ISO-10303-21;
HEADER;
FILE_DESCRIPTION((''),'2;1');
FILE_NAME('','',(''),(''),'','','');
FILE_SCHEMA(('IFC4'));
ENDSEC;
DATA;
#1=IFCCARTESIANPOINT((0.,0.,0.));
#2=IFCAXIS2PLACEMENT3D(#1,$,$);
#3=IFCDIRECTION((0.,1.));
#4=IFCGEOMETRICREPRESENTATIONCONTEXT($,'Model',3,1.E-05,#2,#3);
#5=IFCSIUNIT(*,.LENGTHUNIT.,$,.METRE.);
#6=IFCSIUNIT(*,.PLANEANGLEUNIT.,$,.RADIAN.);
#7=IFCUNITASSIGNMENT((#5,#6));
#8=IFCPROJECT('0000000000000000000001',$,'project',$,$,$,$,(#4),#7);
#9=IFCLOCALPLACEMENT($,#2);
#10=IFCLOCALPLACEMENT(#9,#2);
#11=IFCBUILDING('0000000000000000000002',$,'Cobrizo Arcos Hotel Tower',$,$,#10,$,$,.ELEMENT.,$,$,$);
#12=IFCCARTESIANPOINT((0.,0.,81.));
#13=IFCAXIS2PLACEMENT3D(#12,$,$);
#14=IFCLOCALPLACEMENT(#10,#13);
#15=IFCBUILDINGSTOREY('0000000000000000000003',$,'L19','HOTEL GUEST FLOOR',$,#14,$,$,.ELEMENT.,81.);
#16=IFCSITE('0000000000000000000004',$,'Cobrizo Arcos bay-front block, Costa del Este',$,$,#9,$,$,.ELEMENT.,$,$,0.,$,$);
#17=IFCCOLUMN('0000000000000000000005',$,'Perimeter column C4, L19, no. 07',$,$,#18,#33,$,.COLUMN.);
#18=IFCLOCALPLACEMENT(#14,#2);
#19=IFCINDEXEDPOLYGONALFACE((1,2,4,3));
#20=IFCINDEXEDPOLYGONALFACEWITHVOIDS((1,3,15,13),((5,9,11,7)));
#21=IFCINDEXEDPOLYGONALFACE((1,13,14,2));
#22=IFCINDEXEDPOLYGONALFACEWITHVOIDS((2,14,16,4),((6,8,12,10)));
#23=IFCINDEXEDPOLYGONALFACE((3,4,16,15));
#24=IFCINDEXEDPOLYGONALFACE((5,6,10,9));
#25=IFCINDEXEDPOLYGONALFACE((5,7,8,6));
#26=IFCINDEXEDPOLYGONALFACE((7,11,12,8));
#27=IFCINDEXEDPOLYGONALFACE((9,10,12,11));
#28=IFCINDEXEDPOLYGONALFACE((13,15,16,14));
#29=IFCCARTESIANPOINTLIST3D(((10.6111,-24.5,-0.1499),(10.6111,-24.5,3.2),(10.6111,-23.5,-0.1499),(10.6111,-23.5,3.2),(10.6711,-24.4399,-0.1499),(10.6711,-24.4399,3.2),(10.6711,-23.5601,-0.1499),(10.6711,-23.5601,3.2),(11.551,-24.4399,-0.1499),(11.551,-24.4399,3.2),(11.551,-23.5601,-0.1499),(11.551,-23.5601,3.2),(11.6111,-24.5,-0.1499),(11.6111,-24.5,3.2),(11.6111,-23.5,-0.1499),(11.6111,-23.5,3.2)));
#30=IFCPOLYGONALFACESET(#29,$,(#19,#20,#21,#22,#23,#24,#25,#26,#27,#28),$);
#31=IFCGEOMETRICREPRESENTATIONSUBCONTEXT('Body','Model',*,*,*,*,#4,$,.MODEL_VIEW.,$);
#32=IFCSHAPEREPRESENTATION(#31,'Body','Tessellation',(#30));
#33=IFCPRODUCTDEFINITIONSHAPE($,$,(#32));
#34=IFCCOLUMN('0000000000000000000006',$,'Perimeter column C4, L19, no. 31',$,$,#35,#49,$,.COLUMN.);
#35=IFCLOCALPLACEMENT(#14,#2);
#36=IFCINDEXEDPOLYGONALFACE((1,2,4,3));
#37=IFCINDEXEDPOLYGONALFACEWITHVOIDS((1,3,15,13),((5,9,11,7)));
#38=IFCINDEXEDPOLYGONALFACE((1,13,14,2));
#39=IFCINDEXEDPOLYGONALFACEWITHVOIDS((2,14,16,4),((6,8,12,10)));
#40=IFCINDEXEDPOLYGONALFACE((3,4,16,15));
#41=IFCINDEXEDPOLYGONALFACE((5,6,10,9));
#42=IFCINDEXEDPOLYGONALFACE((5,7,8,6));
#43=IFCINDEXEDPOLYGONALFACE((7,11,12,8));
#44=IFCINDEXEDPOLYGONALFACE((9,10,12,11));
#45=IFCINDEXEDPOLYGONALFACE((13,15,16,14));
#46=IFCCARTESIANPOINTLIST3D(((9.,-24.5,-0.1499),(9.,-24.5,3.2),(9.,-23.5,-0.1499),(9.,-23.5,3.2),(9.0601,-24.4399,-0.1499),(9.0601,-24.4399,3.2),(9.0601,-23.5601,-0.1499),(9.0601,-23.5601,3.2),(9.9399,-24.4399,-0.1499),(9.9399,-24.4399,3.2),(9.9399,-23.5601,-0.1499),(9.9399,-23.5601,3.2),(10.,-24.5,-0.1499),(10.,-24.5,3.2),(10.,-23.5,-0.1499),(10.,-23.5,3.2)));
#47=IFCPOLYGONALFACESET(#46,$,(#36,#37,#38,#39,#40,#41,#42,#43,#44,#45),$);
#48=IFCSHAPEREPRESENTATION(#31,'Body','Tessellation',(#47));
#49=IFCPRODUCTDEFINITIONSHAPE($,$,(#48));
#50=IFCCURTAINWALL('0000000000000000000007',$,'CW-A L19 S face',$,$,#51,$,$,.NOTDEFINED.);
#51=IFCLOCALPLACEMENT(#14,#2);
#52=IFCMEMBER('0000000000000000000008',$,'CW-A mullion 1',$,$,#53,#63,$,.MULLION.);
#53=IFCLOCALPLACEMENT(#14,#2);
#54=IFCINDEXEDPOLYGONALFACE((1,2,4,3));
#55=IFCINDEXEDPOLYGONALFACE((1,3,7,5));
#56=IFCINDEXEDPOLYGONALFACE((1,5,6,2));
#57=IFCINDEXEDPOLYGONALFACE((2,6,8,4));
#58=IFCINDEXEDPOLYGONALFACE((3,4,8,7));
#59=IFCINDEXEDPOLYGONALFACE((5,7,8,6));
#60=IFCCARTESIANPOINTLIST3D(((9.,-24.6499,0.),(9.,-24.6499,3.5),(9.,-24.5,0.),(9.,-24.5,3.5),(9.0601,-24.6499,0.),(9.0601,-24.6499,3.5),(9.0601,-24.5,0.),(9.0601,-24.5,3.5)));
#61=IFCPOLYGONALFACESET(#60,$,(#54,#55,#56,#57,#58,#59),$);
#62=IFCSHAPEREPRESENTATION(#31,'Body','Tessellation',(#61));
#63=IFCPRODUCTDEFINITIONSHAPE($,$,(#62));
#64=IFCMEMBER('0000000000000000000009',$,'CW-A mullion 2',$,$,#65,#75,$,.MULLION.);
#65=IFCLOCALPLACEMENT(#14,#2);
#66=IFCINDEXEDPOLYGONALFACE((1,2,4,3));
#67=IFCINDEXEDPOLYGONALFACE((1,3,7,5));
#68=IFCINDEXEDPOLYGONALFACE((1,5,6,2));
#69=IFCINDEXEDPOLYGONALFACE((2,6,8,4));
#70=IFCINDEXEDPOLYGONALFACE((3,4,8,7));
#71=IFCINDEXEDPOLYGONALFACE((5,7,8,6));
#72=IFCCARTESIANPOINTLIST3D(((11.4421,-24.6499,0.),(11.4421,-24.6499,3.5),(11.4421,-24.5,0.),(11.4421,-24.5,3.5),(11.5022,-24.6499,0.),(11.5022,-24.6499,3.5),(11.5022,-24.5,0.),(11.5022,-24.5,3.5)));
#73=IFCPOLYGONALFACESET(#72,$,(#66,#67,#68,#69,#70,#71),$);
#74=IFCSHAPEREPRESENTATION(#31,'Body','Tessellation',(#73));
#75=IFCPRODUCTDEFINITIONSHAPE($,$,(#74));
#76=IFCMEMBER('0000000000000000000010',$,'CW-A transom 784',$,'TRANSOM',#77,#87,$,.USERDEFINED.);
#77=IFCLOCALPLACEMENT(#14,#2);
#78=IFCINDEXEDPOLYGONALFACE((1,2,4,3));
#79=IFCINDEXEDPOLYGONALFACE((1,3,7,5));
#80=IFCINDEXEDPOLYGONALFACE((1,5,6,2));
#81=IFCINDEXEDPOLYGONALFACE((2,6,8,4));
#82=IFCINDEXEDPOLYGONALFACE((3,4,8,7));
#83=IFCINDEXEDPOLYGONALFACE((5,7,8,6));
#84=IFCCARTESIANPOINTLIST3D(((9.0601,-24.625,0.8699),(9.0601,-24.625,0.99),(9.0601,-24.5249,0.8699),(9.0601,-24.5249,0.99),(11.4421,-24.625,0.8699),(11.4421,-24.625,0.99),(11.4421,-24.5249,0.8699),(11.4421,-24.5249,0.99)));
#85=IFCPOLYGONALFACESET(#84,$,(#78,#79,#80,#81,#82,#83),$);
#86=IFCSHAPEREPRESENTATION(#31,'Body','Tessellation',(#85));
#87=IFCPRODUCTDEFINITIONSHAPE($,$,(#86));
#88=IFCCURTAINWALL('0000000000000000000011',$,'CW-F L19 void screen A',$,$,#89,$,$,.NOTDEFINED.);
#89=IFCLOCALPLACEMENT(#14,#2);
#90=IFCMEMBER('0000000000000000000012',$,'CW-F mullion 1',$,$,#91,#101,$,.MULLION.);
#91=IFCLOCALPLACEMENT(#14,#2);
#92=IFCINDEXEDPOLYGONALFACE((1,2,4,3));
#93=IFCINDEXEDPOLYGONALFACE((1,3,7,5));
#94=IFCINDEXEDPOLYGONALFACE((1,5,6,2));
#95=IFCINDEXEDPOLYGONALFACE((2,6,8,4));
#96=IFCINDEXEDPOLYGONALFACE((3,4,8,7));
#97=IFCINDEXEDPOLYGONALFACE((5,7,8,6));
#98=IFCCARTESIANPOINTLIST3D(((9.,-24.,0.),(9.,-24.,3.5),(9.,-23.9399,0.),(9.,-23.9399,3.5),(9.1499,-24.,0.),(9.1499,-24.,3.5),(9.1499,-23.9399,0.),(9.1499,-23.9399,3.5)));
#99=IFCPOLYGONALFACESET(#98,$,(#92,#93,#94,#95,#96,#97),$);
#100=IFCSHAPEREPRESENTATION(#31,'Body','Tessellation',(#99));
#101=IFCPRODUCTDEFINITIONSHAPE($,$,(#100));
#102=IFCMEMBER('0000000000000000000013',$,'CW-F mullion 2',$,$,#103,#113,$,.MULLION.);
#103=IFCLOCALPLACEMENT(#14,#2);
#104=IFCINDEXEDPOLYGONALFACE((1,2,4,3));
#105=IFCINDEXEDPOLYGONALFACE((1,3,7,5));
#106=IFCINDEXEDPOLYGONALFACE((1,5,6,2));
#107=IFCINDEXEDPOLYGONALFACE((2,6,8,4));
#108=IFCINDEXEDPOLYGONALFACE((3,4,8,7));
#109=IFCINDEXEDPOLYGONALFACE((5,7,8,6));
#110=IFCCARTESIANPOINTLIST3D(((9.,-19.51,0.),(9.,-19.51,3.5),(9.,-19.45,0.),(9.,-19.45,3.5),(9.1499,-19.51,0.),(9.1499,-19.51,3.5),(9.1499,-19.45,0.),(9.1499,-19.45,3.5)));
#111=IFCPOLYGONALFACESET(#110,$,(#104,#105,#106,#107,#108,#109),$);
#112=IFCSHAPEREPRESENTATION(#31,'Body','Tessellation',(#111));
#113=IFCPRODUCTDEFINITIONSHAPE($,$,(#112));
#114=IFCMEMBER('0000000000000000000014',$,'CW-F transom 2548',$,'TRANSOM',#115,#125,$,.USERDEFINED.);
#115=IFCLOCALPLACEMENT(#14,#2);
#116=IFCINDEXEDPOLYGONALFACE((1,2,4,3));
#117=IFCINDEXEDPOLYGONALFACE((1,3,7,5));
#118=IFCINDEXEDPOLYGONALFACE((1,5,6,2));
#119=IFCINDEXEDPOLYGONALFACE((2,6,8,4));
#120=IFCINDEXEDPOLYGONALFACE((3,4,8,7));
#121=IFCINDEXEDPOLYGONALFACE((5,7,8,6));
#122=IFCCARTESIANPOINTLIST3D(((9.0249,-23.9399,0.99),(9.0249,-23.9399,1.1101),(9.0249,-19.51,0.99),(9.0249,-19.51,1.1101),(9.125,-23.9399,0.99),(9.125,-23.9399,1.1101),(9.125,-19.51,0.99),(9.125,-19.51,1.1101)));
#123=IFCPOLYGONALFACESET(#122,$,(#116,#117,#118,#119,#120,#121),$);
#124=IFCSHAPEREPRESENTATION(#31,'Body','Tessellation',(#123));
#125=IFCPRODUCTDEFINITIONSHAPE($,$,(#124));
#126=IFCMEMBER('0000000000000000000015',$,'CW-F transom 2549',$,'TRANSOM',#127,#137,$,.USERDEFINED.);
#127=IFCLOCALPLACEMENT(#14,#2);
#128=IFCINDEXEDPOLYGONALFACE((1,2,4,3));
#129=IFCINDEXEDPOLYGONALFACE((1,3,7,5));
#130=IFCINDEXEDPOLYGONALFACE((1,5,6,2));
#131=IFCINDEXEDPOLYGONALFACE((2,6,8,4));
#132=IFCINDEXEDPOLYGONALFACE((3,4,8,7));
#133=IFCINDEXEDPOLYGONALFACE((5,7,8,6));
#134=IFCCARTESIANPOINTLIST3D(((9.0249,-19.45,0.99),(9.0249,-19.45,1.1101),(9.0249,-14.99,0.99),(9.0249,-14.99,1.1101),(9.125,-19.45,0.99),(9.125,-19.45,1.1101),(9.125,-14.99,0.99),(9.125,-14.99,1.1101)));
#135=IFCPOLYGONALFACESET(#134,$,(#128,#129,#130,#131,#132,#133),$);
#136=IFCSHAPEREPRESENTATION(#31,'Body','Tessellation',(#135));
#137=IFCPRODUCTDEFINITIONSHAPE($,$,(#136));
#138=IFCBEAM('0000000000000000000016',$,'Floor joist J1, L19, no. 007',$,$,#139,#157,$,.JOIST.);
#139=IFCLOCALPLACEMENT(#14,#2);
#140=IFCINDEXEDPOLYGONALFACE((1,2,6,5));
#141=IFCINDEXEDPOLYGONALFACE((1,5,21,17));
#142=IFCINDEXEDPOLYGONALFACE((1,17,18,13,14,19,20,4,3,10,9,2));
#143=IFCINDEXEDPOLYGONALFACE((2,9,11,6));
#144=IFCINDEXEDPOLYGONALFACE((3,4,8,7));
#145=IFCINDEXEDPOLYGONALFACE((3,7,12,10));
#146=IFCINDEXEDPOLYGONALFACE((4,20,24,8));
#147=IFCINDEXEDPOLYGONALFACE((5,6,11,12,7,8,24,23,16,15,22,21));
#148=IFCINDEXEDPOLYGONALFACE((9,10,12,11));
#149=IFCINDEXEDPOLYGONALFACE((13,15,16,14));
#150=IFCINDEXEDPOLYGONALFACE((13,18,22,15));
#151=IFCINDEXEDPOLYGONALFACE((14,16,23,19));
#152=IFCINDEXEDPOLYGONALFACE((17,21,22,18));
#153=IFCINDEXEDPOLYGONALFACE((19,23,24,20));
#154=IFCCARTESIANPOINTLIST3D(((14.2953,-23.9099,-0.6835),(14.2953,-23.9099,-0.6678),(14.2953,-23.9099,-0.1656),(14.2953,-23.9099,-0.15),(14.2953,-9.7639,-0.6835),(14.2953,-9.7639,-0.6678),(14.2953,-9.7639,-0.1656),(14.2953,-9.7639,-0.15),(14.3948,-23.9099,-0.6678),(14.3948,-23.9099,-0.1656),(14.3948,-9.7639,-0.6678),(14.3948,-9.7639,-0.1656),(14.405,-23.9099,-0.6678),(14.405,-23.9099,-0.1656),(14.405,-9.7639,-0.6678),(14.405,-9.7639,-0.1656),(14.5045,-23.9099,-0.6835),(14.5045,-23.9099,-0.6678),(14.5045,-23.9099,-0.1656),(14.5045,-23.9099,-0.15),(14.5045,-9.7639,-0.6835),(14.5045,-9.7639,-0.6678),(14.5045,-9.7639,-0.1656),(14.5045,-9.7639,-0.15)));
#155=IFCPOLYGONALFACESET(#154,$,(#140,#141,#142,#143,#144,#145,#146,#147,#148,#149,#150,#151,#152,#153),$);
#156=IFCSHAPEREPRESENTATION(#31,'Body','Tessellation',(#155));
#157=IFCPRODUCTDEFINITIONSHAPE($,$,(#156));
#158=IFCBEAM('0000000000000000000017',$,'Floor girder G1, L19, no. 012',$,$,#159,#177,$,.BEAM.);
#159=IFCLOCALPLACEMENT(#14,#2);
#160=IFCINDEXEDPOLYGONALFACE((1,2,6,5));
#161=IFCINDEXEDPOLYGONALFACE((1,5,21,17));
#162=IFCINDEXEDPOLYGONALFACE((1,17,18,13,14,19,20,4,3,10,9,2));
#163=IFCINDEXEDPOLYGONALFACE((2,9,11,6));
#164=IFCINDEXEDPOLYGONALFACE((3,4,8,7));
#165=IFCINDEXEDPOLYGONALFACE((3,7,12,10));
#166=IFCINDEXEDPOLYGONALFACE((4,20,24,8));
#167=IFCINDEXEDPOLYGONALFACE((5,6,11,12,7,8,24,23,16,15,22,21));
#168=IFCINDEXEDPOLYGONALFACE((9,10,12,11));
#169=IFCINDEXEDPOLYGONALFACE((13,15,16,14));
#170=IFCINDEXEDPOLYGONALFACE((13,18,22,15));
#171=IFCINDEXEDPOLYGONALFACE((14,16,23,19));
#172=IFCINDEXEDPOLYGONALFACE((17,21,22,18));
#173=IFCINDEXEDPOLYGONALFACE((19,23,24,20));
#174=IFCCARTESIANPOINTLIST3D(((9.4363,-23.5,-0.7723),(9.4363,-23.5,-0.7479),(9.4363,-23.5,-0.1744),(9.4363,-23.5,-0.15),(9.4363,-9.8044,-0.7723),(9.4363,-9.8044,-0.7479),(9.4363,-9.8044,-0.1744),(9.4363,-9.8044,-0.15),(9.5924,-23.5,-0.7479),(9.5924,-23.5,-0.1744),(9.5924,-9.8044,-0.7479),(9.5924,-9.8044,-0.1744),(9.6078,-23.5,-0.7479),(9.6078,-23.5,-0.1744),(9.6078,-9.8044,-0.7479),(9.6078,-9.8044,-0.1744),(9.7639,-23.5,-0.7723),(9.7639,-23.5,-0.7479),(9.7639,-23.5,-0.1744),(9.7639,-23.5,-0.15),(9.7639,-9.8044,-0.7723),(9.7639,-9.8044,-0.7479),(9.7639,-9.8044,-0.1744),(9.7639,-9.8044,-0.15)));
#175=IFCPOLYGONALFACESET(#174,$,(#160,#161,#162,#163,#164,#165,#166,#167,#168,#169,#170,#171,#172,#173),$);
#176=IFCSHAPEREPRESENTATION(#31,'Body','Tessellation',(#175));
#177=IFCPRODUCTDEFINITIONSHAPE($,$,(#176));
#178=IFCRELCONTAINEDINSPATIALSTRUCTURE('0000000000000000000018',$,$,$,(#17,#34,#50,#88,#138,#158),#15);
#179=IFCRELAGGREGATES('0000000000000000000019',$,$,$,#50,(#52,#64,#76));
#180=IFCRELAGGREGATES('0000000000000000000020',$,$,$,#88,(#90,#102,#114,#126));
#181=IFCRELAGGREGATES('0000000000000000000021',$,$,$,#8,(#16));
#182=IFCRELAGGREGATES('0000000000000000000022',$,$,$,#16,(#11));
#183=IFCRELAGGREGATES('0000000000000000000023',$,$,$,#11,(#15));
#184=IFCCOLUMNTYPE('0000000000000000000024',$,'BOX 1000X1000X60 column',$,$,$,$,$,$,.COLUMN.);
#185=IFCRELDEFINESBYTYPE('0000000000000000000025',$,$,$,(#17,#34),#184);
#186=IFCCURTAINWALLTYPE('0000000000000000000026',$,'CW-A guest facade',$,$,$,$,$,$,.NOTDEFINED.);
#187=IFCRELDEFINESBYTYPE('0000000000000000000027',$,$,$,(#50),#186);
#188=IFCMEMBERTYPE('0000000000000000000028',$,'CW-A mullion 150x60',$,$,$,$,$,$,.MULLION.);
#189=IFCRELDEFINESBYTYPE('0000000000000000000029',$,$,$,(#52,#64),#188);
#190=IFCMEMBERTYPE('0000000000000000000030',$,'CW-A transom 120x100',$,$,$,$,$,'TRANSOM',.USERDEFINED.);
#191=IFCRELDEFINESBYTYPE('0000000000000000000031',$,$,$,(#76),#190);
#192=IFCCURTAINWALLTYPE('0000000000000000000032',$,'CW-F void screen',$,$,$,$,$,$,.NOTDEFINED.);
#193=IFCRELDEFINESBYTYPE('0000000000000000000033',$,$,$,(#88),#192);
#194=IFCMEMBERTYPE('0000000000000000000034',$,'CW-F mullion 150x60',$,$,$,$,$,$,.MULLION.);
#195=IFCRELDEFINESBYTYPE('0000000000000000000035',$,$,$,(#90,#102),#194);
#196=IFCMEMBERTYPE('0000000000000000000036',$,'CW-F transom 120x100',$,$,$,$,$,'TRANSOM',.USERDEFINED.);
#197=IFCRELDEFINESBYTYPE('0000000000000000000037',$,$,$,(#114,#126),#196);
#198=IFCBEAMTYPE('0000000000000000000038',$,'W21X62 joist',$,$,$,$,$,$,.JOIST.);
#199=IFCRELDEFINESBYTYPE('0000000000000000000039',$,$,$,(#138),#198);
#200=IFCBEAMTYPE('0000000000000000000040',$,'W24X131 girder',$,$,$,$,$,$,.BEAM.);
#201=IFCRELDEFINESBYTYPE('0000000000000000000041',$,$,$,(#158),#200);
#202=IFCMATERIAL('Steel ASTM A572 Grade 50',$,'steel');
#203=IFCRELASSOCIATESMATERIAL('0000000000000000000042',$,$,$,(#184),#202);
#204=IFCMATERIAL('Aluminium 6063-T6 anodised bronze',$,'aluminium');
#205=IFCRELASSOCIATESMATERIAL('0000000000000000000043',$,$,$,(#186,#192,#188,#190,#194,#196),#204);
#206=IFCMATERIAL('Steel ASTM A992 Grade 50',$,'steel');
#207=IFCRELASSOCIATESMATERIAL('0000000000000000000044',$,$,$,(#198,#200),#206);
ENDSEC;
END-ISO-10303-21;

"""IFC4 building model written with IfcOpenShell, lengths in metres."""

from ifc_helpers import new_model, si_unit, direction, frame, origin, origin_2d, place, context, subcontext, project, spatial, rectangle, hollow_rectangle, i_section, extrude, material, material_profile, profile_set, type_object, element, aggregate, save


model = new_model("IFC4")

# Units and contexts
model_context = context("Model", 3, precision=1e-05, world=origin(), true_north=direction((0.0, 1.0)))
body_context = subcontext(model_context, "Body", "Model", "MODEL_VIEW")
ifc_project = project(units=[si_unit("LENGTHUNIT", "METRE"), si_unit("PLANEANGLEUNIT", "RADIAN")], contexts=[model_context])

# Site, building, storey
site_placement = place(None, origin())
site = spatial("IfcSite", under=ifc_project, at=site_placement, Name="Cobrizo Arcos bay-front block, Costa del Este", CompositionType="ELEMENT", RefElevation=0.0)
building_placement = place(site_placement, origin())
building = spatial("IfcBuilding", under=site, at=building_placement, Name="Cobrizo Arcos Hotel Tower", CompositionType="ELEMENT")
storey_placement = place(building_placement, frame((0.0, 0.0, 81.0)))
storey = spatial("IfcBuildingStorey", under=building, at=storey_placement, Name="L19", Description="HOTEL GUEST FLOOR", CompositionType="ELEMENT", Elevation=81.0)

# Columns
ifc_material_1 = material(Name="Steel ASTM A572 Grade 50", Category="steel")
ifc_material_profile_1 = material_profile(ifc_material_1, hollow_rectangle(XDim=1.0, YDim=1.0, WallThickness=0.0601, at=origin_2d()), Name="BOX 1000X1000X60")
ifc_profile_set_1 = profile_set([ifc_material_profile_1], Name="Steel ASTM A572 Grade 50")
column_type = type_object("IfcColumnType", Name="BOX 1000X1000X60 column", PredefinedType="COLUMN", material=ifc_profile_set_1)
for number, where, z_axis, x_axis, name in (
    (1, (11.1111, -24.0, -0.1499), (0.0, 0.0, 1.0), (1.0, 0.0, 0.0), "Perimeter column C4, L19, no. 07"),
    (2, (9.5, -24.0, -0.1499), (0.0, 0.0, 1.0), (1.0, 0.0, 0.0), "Perimeter column C4, L19, no. 31"),
):
    element("IfcColumn", number, at=place(storey_placement, frame(where, z_axis=z_axis, x_axis=x_axis)), inside=storey, type_object=column_type, Name=name, PredefinedType="COLUMN", context=body_context, shape_type="SweptSolid", body=[
        extrude(hollow_rectangle(XDim=1.0, YDim=1.0, WallThickness=0.0601, at=origin_2d()), origin(), (0.0, 0.0, 1.0), 3.3499),
    ])

# Curtain walls, members
ifc_material_2 = material(Name="Aluminium 6063-T6 anodised bronze", Category="aluminium")
curtain_wall_type_1 = type_object("IfcCurtainWallType", Name="CW-A guest facade", PredefinedType="NOTDEFINED", material=ifc_material_2)
curtain_wall_1_placement = place(storey_placement, origin())
curtain_wall_1 = element("IfcCurtainWall", 3, at=curtain_wall_1_placement, inside=storey, type_object=curtain_wall_type_1, Name="CW-A L19 S face", PredefinedType="NOTDEFINED")
ifc_material_profile_2 = material_profile(ifc_material_2, rectangle(XDim=0.1499, YDim=0.0601, at=origin_2d()), Name="CW-A mullion 150x60")
ifc_profile_set_2 = profile_set([ifc_material_profile_2], Name="Aluminium 6063-T6 anodised bronze")
member_type_1 = type_object("IfcMemberType", Name="CW-A mullion 150x60", PredefinedType="MULLION", material=ifc_profile_set_2)
member_1_placement = place(storey_placement, frame((9.03, -24.575, 0.0), z_axis=(0.0, 0.0, 1.0), x_axis=(0.0, -1.0, 0.0)))
member_1 = element("IfcMember", 4, at=member_1_placement, type_object=member_type_1, Name="CW-A mullion 1", PredefinedType="MULLION", context=body_context, shape_type="SweptSolid", body=[
    extrude(rectangle(XDim=0.1499, YDim=0.0601, at=origin_2d()), origin(), (0.0, 0.0, 1.0), 3.5),
])
member_2_placement = place(storey_placement, frame((11.4722, -24.575, 0.0), z_axis=(0.0, 0.0, 1.0), x_axis=(0.0, -1.0, 0.0)))
member_2 = element("IfcMember", 5, at=member_2_placement, type_object=member_type_1, Name="CW-A mullion 2", PredefinedType="MULLION", context=body_context, shape_type="SweptSolid", body=[
    extrude(rectangle(XDim=0.1499, YDim=0.0601, at=origin_2d()), origin(), (0.0, 0.0, 1.0), 3.5),
])
ifc_material_profile_3 = material_profile(ifc_material_2, rectangle(XDim=0.1001, YDim=0.1201, at=origin_2d()), Name="CW-A transom 120x100")
ifc_profile_set_3 = profile_set([ifc_material_profile_3], Name="Aluminium 6063-T6 anodised bronze")
member_type_2 = type_object("IfcMemberType", Name="CW-A transom 120x100", ElementType="TRANSOM", PredefinedType="USERDEFINED", material=ifc_profile_set_3)
member_3_placement = place(storey_placement, frame((9.0601, -24.575, 0.9299), z_axis=(1.0, 0.0, 0.0), x_axis=(0.0, 1.0, 0.0)))
member_3 = element("IfcMember", 6, at=member_3_placement, type_object=member_type_2, Name="CW-A transom 784", ObjectType="TRANSOM", PredefinedType="USERDEFINED", context=body_context, shape_type="SweptSolid", body=[
    extrude(rectangle(XDim=0.1001, YDim=0.1201, at=origin_2d()), origin(), (0.0, 0.0, 1.0), 2.3821),
])
curtain_wall_type_2 = type_object("IfcCurtainWallType", Name="CW-F void screen", PredefinedType="NOTDEFINED", material=ifc_material_2)
curtain_wall_2_placement = place(storey_placement, origin())
curtain_wall_2 = element("IfcCurtainWall", 7, at=curtain_wall_2_placement, inside=storey, type_object=curtain_wall_type_2, Name="CW-F L19 void screen A", PredefinedType="NOTDEFINED")
ifc_material_profile_4 = material_profile(ifc_material_2, rectangle(XDim=0.1499, YDim=0.0601, at=origin_2d()), Name="CW-F mullion 150x60")
ifc_profile_set_4 = profile_set([ifc_material_profile_4], Name="Aluminium 6063-T6 anodised bronze")
member_type_3 = type_object("IfcMemberType", Name="CW-F mullion 150x60", PredefinedType="MULLION", material=ifc_profile_set_4)
member_4_placement = place(storey_placement, frame((9.075, -23.97, 0.0), z_axis=(0.0, 0.0, 1.0), x_axis=(1.0, 0.0, 0.0)))
member_4 = element("IfcMember", 8, at=member_4_placement, type_object=member_type_3, Name="CW-F mullion 1", PredefinedType="MULLION", context=body_context, shape_type="SweptSolid", body=[
    extrude(rectangle(XDim=0.1499, YDim=0.0601, at=origin_2d()), origin(), (0.0, 0.0, 1.0), 3.5),
])
member_5_placement = place(storey_placement, frame((9.075, -19.48, 0.0), z_axis=(0.0, 0.0, 1.0), x_axis=(1.0, 0.0, 0.0)))
member_5 = element("IfcMember", 9, at=member_5_placement, type_object=member_type_3, Name="CW-F mullion 2", PredefinedType="MULLION", context=body_context, shape_type="SweptSolid", body=[
    extrude(rectangle(XDim=0.1499, YDim=0.0601, at=origin_2d()), origin(), (0.0, 0.0, 1.0), 3.5),
])
ifc_material_profile_5 = material_profile(ifc_material_2, rectangle(XDim=0.1001, YDim=0.1201, at=origin_2d()), Name="CW-F transom 120x100")
ifc_profile_set_5 = profile_set([ifc_material_profile_5], Name="Aluminium 6063-T6 anodised bronze")
member_type_4 = type_object("IfcMemberType", Name="CW-F transom 120x100", ElementType="TRANSOM", PredefinedType="USERDEFINED", material=ifc_profile_set_5)
member_6_placement = place(storey_placement, frame((9.075, -23.9399, 1.05), z_axis=(0.0, 1.0, 0.0), x_axis=(-1.0, 0.0, 0.0)))
member_6 = element("IfcMember", 10, at=member_6_placement, type_object=member_type_4, Name="CW-F transom 2548", ObjectType="TRANSOM", PredefinedType="USERDEFINED", context=body_context, shape_type="SweptSolid", body=[
    extrude(rectangle(XDim=0.1001, YDim=0.1201, at=origin_2d()), origin(), (0.0, 0.0, 1.0), 4.4299),
])
member_7_placement = place(storey_placement, frame((9.075, -19.45, 1.05), z_axis=(0.0, 1.0, 0.0), x_axis=(-1.0, 0.0, 0.0)))
member_7 = element("IfcMember", 11, at=member_7_placement, type_object=member_type_4, Name="CW-F transom 2549", ObjectType="TRANSOM", PredefinedType="USERDEFINED", context=body_context, shape_type="SweptSolid", body=[
    extrude(rectangle(XDim=0.1001, YDim=0.1201, at=origin_2d()), origin(), (0.0, 0.0, 1.0), 4.46),
])

# Beams
ifc_material_3 = material(Name="Steel ASTM A992 Grade 50", Category="steel")
ifc_material_profile_6 = material_profile(ifc_material_3, i_section(OverallWidth=0.2092, OverallDepth=0.5334, WebThickness=0.0103, FlangeThickness=0.0156, at=origin_2d()), Name="W21X62")
ifc_profile_set_6 = profile_set([ifc_material_profile_6], Name="Steel ASTM A992 Grade 50")
beam_type_1 = type_object("IfcBeamType", Name="W21X62 joist", PredefinedType="JOIST", material=ifc_profile_set_6)
beam_1_placement = place(storey_placement, frame((14.3999, -23.9099, -0.4167), z_axis=(0.0, 1.0, 0.0), x_axis=(-1.0, 0.0, 0.0)))
element("IfcBeam", 12, at=beam_1_placement, inside=storey, type_object=beam_type_1, Name="Floor joist J1, L19, no. 007", PredefinedType="JOIST", context=body_context, shape_type="SweptSolid", body=[
    extrude(i_section(OverallWidth=0.2092, OverallDepth=0.5334, WebThickness=0.0103, FlangeThickness=0.0156, at=origin_2d()), origin(), (0.0, 0.0, 1.0), 14.146),
])
ifc_material_profile_7 = material_profile(ifc_material_3, i_section(OverallWidth=0.3276, OverallDepth=0.6223, WebThickness=0.0154, FlangeThickness=0.0244, at=origin_2d()), Name="W24X131")
ifc_profile_set_7 = profile_set([ifc_material_profile_7], Name="Steel ASTM A992 Grade 50")
beam_type_2 = type_object("IfcBeamType", Name="W24X131 girder", PredefinedType="BEAM", material=ifc_profile_set_7)
beam_2_placement = place(storey_placement, frame((9.6001, -23.5, -0.4612), z_axis=(0.0, 1.0, 0.0), x_axis=(-1.0, 0.0, 0.0)))
element("IfcBeam", 13, at=beam_2_placement, inside=storey, type_object=beam_type_2, Name="Floor girder G1, L19, no. 012", PredefinedType="BEAM", context=body_context, shape_type="SweptSolid", body=[
    extrude(i_section(OverallWidth=0.3276, OverallDepth=0.6223, WebThickness=0.0154, FlangeThickness=0.0244, at=origin_2d()), origin(), (0.0, 0.0, 1.0), 13.6956),
])

aggregate(curtain_wall_1, [member_1, member_2, member_3])
aggregate(curtain_wall_2, [member_4, member_5, member_6, member_7])

save(model, "model.ifc")
